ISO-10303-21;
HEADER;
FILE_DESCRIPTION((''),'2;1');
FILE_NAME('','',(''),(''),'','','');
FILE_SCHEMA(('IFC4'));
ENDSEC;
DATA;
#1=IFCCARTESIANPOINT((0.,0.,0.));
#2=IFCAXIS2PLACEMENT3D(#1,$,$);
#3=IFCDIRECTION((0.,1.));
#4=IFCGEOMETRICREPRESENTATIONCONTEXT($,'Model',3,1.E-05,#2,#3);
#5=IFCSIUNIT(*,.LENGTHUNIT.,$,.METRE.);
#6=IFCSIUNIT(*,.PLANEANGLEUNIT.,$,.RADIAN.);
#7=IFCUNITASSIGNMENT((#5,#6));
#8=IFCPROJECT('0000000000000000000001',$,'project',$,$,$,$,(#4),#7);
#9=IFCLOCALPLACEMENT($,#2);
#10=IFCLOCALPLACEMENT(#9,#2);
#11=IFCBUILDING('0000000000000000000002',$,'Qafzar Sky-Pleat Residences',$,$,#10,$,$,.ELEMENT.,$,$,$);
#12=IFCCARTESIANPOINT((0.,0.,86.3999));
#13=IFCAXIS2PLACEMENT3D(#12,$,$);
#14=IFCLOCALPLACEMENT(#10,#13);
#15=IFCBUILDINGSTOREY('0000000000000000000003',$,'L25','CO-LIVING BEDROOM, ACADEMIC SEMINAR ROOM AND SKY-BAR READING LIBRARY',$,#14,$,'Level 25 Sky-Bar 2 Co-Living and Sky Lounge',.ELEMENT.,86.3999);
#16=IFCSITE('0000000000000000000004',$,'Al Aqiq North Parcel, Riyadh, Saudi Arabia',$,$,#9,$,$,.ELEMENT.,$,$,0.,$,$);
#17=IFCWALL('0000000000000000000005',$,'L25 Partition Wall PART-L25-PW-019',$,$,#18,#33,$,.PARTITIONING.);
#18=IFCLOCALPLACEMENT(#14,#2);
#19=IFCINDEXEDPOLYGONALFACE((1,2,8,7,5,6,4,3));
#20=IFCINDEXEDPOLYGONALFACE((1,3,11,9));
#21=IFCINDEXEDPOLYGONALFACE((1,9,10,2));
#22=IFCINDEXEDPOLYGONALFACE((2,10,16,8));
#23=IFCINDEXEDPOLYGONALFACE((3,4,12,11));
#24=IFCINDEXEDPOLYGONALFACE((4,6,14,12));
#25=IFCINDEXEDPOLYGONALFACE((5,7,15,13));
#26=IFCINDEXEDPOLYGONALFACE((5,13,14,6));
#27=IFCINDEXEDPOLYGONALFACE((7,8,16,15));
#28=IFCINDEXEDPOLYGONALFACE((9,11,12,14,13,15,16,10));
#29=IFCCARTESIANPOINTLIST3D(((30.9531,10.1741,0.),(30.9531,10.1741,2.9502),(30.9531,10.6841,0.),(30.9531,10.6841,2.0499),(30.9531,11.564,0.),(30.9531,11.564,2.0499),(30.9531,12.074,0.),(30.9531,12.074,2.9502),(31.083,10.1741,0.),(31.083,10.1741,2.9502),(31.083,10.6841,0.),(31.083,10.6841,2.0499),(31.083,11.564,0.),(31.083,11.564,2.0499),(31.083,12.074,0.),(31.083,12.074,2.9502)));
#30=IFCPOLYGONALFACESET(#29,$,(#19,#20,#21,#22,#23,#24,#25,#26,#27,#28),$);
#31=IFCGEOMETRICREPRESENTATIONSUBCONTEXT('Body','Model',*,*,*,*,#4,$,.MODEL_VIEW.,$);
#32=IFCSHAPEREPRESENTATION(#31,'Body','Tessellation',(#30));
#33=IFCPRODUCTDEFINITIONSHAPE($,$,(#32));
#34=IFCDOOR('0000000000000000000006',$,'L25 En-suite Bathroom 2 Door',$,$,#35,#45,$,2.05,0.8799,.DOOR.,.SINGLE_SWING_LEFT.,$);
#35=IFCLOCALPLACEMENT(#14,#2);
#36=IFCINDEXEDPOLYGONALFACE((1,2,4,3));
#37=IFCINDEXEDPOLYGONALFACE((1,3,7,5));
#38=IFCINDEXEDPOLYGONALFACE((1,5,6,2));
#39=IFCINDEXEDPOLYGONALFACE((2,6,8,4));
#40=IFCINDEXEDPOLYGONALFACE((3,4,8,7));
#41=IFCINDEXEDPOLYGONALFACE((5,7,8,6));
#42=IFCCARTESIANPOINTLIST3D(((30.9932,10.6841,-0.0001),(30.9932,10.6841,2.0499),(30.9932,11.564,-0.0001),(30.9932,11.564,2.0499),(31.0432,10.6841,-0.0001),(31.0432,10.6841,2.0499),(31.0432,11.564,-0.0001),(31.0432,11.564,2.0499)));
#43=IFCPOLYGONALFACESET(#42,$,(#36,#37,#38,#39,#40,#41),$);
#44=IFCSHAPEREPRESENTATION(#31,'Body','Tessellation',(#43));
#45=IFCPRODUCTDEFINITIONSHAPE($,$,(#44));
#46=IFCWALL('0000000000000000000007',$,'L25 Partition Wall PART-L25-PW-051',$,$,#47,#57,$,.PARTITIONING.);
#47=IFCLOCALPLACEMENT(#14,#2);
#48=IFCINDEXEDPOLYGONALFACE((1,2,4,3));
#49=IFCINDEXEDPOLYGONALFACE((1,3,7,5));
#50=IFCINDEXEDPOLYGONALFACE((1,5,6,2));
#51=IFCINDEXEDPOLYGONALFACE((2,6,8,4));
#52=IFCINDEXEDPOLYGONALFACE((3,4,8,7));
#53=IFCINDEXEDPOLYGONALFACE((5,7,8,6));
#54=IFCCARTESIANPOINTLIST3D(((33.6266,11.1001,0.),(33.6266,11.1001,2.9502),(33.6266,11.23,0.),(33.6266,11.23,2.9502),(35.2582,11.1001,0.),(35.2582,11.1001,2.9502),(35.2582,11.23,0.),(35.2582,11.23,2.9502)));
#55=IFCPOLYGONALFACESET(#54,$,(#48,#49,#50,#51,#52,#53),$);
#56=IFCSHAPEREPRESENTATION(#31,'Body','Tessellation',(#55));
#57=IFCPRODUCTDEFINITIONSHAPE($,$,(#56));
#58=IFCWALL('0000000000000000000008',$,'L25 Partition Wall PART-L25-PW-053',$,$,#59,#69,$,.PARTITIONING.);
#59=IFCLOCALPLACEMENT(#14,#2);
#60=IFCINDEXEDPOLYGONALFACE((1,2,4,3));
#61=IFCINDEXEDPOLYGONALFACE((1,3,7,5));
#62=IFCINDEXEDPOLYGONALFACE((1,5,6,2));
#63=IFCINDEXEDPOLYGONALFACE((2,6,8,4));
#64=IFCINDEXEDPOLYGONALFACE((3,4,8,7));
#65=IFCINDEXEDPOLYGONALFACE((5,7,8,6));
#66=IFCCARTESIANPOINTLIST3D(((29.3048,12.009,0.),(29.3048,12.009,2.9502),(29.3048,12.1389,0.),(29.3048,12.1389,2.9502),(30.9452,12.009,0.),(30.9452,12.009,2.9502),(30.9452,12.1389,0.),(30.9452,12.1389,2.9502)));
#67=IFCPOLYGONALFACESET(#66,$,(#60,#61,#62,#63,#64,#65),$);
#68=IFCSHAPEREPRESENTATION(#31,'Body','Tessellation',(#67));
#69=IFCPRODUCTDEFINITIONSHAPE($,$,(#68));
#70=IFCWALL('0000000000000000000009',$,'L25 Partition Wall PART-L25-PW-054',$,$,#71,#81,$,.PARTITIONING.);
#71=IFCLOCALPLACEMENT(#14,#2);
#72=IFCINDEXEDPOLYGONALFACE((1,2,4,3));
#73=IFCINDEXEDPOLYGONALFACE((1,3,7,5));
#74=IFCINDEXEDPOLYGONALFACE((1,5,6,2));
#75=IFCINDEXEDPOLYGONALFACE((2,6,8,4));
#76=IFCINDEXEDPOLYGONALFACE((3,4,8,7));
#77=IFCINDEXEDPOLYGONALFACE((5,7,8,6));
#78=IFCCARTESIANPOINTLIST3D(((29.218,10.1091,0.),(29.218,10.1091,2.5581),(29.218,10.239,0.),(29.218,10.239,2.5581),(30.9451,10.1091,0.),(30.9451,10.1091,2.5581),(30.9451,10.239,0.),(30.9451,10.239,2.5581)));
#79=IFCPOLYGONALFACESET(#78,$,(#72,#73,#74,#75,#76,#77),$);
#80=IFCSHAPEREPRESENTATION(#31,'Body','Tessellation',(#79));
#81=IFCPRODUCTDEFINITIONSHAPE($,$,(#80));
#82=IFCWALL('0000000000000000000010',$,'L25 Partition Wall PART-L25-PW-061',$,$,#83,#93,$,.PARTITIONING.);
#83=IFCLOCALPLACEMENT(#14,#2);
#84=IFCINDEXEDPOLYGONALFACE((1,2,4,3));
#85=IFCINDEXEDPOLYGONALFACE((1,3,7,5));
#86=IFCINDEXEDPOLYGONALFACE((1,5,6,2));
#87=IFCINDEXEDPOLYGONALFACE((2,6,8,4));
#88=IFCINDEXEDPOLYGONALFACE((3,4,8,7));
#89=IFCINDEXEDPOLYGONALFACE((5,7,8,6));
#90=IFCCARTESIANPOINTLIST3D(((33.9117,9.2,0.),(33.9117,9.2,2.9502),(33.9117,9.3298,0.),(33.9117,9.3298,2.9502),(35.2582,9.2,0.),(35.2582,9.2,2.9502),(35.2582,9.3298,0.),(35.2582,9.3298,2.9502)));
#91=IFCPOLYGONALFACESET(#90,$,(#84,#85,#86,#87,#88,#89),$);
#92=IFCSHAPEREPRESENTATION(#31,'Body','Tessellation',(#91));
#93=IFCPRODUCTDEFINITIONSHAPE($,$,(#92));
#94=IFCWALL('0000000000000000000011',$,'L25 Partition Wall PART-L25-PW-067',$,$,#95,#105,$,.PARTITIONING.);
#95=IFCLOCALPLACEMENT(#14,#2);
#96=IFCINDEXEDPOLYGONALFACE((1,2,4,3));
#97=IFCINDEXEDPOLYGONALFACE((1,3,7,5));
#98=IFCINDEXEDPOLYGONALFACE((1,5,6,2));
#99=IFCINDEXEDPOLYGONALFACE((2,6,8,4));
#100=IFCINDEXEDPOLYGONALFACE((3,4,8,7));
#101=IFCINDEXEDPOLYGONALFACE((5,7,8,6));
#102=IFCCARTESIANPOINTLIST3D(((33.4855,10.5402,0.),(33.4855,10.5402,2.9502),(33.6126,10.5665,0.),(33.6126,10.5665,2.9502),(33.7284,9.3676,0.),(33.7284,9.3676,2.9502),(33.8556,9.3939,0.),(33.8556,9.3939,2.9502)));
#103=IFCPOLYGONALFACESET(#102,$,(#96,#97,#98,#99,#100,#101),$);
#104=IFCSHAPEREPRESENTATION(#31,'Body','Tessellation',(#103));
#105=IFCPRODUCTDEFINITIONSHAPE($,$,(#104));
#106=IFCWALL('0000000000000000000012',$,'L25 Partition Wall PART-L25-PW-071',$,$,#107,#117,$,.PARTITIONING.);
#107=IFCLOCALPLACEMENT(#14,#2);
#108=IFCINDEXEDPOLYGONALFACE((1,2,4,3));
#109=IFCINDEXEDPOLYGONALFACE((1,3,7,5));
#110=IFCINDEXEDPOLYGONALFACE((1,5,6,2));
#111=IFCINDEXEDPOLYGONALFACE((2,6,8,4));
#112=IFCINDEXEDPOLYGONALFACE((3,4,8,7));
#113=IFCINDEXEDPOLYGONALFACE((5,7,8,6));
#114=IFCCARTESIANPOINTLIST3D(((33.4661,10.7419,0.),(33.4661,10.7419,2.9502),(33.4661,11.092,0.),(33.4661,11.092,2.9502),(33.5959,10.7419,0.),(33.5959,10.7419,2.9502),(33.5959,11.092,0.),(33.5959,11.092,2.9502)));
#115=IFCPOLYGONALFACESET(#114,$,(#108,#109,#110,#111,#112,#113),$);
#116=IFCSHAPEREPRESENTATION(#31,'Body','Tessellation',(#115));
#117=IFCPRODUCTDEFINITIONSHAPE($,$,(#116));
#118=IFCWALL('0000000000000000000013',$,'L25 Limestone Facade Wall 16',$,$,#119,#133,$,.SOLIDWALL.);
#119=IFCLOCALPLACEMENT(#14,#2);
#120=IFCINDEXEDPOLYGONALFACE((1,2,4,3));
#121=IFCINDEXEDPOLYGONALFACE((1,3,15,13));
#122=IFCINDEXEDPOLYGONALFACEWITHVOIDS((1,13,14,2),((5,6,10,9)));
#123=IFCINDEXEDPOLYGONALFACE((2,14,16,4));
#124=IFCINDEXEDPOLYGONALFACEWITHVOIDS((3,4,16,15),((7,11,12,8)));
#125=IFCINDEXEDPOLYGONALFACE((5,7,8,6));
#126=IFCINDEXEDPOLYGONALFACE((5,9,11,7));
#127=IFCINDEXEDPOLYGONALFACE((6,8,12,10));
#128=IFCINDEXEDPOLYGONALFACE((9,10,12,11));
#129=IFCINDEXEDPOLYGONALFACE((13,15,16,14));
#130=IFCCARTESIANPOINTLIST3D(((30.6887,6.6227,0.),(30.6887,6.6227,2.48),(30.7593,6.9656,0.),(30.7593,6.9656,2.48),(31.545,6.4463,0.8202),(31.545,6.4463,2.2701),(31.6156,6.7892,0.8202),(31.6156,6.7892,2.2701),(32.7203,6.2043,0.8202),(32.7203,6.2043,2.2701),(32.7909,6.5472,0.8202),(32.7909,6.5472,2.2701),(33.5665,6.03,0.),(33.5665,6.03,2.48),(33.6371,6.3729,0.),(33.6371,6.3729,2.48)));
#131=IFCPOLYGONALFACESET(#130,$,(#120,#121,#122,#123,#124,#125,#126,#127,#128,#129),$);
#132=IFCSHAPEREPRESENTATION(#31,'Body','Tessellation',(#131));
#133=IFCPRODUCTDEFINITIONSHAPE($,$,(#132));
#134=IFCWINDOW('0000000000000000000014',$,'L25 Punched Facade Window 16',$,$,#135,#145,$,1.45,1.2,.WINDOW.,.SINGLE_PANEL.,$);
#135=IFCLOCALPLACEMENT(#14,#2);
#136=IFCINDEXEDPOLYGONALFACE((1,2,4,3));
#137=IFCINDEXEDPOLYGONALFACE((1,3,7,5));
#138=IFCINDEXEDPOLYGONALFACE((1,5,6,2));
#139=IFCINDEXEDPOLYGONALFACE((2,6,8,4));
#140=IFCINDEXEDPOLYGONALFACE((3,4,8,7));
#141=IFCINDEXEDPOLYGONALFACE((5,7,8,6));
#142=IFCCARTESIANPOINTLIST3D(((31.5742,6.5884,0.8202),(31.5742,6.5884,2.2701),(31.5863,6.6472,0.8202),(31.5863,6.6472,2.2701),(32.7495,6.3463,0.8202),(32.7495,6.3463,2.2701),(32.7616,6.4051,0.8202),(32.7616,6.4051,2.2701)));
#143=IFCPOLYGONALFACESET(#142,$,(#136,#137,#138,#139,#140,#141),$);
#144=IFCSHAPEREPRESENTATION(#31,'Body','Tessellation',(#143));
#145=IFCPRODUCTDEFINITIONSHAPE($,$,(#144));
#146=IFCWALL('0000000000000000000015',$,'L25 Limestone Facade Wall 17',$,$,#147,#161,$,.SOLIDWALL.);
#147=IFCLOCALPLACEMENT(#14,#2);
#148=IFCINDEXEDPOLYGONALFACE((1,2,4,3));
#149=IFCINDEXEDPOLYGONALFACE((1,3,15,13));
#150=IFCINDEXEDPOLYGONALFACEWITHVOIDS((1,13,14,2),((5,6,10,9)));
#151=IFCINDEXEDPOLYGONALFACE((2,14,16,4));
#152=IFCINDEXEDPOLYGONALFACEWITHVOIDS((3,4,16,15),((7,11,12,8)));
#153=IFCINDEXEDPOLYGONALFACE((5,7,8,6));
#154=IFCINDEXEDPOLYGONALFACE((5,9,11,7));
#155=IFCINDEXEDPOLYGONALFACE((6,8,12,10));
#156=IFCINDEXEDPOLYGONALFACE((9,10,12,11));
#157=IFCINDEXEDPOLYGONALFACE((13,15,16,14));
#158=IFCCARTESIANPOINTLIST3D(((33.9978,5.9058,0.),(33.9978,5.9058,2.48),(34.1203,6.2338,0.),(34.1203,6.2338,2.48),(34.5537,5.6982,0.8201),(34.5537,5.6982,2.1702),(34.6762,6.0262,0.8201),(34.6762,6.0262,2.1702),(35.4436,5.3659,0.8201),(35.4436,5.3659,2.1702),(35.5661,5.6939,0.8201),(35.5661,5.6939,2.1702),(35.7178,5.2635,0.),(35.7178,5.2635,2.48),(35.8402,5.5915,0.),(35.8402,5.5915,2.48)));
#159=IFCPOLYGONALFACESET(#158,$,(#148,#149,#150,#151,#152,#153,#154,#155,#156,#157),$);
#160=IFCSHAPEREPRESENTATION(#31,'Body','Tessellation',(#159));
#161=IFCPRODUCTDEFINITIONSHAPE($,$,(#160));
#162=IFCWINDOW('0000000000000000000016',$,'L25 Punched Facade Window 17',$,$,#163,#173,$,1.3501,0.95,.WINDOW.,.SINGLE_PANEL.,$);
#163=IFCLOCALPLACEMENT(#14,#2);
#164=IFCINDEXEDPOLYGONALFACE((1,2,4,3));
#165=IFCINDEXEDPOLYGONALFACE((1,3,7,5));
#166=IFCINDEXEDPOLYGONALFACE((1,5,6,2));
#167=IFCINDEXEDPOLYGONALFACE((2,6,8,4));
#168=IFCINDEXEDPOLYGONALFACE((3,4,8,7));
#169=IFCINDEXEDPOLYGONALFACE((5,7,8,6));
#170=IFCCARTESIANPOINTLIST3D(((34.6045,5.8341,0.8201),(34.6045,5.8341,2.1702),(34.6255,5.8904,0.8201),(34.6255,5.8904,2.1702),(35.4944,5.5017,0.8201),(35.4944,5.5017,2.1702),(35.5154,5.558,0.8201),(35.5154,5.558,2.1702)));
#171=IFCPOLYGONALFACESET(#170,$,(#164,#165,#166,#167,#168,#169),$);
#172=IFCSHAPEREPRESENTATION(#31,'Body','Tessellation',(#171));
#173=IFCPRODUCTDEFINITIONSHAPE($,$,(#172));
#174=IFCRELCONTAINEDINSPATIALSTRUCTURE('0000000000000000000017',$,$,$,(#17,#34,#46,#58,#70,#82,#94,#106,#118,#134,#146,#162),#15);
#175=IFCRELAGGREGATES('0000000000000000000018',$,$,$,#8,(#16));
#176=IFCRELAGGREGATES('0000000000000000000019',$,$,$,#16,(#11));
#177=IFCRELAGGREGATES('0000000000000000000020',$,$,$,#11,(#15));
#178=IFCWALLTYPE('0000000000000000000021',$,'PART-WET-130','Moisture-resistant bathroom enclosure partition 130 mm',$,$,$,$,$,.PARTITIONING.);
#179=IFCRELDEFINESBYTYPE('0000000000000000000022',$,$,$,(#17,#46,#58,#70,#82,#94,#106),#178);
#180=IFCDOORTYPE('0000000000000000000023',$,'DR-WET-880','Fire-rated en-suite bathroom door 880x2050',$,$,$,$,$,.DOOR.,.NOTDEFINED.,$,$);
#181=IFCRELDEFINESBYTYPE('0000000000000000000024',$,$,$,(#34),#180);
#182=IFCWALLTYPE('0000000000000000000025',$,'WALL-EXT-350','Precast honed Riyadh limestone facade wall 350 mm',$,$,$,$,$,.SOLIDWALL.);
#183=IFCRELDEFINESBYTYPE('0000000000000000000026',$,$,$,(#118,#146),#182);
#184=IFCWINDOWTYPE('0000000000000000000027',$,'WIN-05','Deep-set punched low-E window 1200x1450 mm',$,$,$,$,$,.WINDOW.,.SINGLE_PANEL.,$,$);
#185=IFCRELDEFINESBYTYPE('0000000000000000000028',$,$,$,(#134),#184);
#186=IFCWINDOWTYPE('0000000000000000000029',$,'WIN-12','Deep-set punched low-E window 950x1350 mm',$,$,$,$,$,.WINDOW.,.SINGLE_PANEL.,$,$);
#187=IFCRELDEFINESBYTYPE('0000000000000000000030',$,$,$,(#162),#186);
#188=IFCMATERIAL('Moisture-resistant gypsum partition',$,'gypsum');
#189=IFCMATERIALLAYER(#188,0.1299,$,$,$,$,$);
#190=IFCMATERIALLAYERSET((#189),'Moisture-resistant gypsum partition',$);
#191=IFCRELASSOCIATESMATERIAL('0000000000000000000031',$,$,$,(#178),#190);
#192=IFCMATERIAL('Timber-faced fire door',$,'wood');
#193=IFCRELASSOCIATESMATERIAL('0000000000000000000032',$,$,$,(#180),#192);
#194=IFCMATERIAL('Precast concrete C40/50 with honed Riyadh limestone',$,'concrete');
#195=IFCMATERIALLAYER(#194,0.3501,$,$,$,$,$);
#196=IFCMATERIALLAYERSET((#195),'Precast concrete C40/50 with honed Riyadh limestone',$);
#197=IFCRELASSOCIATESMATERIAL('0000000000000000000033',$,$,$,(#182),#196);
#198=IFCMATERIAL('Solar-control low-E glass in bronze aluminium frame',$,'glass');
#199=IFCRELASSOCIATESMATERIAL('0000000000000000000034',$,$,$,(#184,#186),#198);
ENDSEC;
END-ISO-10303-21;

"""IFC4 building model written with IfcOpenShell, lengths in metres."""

from ifc_helpers import new_model, si_unit, direction, frame, frame_2d, origin, place, context, subcontext, project, spatial, rectangle, extrude, source, transform, mapped, material, layer, layer_set, type_object, element, fill, save


model = new_model("IFC4")

# Units and contexts
model_context = context("Model", 3, precision=1e-05, world=origin(), true_north=direction((0.0, 1.0)))
body_context = subcontext(model_context, "Body", "Model", "MODEL_VIEW")
ifc_project = project(units=[si_unit("LENGTHUNIT", "METRE"), si_unit("PLANEANGLEUNIT", "RADIAN")], contexts=[model_context])

# Site, building, storey
site_placement = place(None, origin())
site = spatial("IfcSite", under=ifc_project, at=site_placement, Name="Al Aqiq North Parcel, Riyadh, Saudi Arabia", CompositionType="ELEMENT", RefElevation=0.0)
building_placement = place(site_placement, origin())
building = spatial("IfcBuilding", under=site, at=building_placement, Name="Qafzar Sky-Pleat Residences", CompositionType="ELEMENT")
storey_placement = place(building_placement, frame((0.0, 0.0, 86.3999)))
storey = spatial("IfcBuildingStorey", under=building, at=storey_placement, Name="L25", Description="CO-LIVING BEDROOM, ACADEMIC SEMINAR ROOM AND SKY-BAR READING LIBRARY", LongName="Level 25 Sky-Bar 2 Co-Living and Sky Lounge", CompositionType="ELEMENT", Elevation=86.3999)

# Wall, opening, door
ifc_material_1 = material(Name="Moisture-resistant gypsum partition", Category="gypsum")
ifc_layer_1 = layer(ifc_material_1, 0.1299)
ifc_layer_set_1 = layer_set([ifc_layer_1], Name="Moisture-resistant gypsum partition")
wall_type_1 = type_object("IfcWallType", Name="PART-WET-130", Description="Moisture-resistant bathroom enclosure partition 130 mm", PredefinedType="PARTITIONING", material=ifc_layer_set_1)
wall_1_placement = place(storey_placement, frame((31.0181, 10.1741, 0.0), z_axis=(0.0, 0.0, 1.0), x_axis=(0.0, 1.0, 0.0)))
wall_1 = element("IfcWall", 1, at=wall_1_placement, inside=storey, type_object=wall_type_1, Name="L25 Partition Wall PART-L25-PW-019", PredefinedType="PARTITIONING", context=body_context, shape_type="SweptSolid", body=[
    extrude(rectangle(XDim=1.8999, YDim=0.1299, at=frame_2d((0.95, 0.0))), origin(), (0.0, 0.0, 1.0), 2.9502),
])
opening_1_placement = place(wall_1_placement, frame((0.51, 0.0, 0.0)))
opening_1 = element("IfcOpeningElement", 2, at=opening_1_placement, cuts=wall_1, PredefinedType="OPENING", context=body_context, shape_type="SweptSolid", body=[
    extrude(rectangle(XDim=0.8799, YDim=2.05, at=frame_2d((0.4399, 1.0249))), frame((0.0, 0.075, 0.0), z_axis=(0.0, -1.0, 0.0), x_axis=(1.0, 0.0, 0.0)), (0.0, 0.0, 1.0), 0.1499),
])
ifc_material_2 = material(Name="Timber-faced fire door", Category="wood")
door_type = type_object("IfcDoorType", Name="DR-WET-880", Description="Fire-rated en-suite bathroom door 880x2050", OperationType="NOTDEFINED", PredefinedType="DOOR", material=ifc_material_2)
shared_shape_1 = source(origin(), body_context, "Body", "SweptSolid", [
    extrude(rectangle(XDim=0.8799, YDim=2.05, at=frame_2d((0.4399, 1.0249))), frame((0.0, 0.0249, 0.0), z_axis=(0.0, -1.0, 0.0), x_axis=(1.0, 0.0, 0.0)), (0.0, 0.0, 1.0), 0.05),
])
door_placement = place(opening_1_placement, origin())
door = element("IfcDoor", 3, at=door_placement, inside=storey, type_object=door_type, Name="L25 En-suite Bathroom 2 Door", OperationType="SINGLE_SWING_LEFT", OverallHeight=2.05, OverallWidth=0.8799, PredefinedType="DOOR", context=body_context, shape_type="MappedRepresentation", body=[
    mapped(shared_shape_1, transform((0.0, 0.0, 0.0), x_axis=(1.0, 0.0, 0.0), y_axis=(0.0, 1.0, 0.0), z_axis=(0.0, 0.0, 1.0), scale=1.0)),
])
fill(opening_1, door)

# Walls
wall_2_placement = place(storey_placement, frame((33.6265, 11.165, 0.0), z_axis=(0.0, 0.0, 1.0), x_axis=(1.0, 0.0, 0.0)))
element("IfcWall", 4, at=wall_2_placement, inside=storey, type_object=wall_type_1, Name="L25 Partition Wall PART-L25-PW-051", PredefinedType="PARTITIONING", context=body_context, shape_type="SweptSolid", body=[
    extrude(rectangle(XDim=1.6316, YDim=0.1299, at=frame_2d((0.8159, 0.0))), origin(), (0.0, 0.0, 1.0), 2.9502),
])
wall_3_placement = place(storey_placement, frame((29.3047, 12.074, 0.0), z_axis=(0.0, 0.0, 1.0), x_axis=(1.0, 0.0, 0.0)))
element("IfcWall", 5, at=wall_3_placement, inside=storey, type_object=wall_type_1, Name="L25 Partition Wall PART-L25-PW-053", PredefinedType="PARTITIONING", context=body_context, shape_type="SweptSolid", body=[
    extrude(rectangle(XDim=1.6404, YDim=0.1299, at=frame_2d((0.8203, 0.0))), origin(), (0.0, 0.0, 1.0), 2.9502),
])
wall_4_placement = place(storey_placement, frame((29.218, 10.1741, 0.0), z_axis=(0.0, 0.0, 1.0), x_axis=(1.0, 0.0, 0.0)))
element("IfcWall", 6, at=wall_4_placement, inside=storey, type_object=wall_type_1, Name="L25 Partition Wall PART-L25-PW-054", PredefinedType="PARTITIONING", context=body_context, shape_type="SweptSolid", body=[
    extrude(rectangle(XDim=1.7271, YDim=0.1299, at=frame_2d((0.8635, 0.0))), origin(), (0.0, 0.0, 1.0), 2.5581),
])
wall_5_placement = place(storey_placement, frame((33.9116, 9.2649, 0.0), z_axis=(0.0, 0.0, 1.0), x_axis=(1.0, 0.0, 0.0)))
element("IfcWall", 7, at=wall_5_placement, inside=storey, type_object=wall_type_1, Name="L25 Partition Wall PART-L25-PW-061", PredefinedType="PARTITIONING", context=body_context, shape_type="SweptSolid", body=[
    extrude(rectangle(XDim=1.3464, YDim=0.1299, at=frame_2d((0.6733, 0.0))), origin(), (0.0, 0.0, 1.0), 2.9502),
])
wall_6_placement = place(storey_placement, frame((33.5491, 10.5532, 0.0), z_axis=(0.0, 0.0, 1.0), x_axis=(0.202855, -0.979209, 0.0)))
element("IfcWall", 8, at=wall_6_placement, inside=storey, type_object=wall_type_1, Name="L25 Partition Wall PART-L25-PW-067", PredefinedType="PARTITIONING", context=body_context, shape_type="SweptSolid", body=[
    extrude(rectangle(XDim=1.1975, YDim=0.1299, at=frame_2d((0.5986, 0.0))), origin(), (0.0, 0.0, 1.0), 2.9502),
])
wall_7_placement = place(storey_placement, frame((33.531, 10.7419, 0.0), z_axis=(0.0, 0.0, 1.0), x_axis=(0.0, 1.0, 0.0)))
element("IfcWall", 9, at=wall_7_placement, inside=storey, type_object=wall_type_1, Name="L25 Partition Wall PART-L25-PW-071", PredefinedType="PARTITIONING", context=body_context, shape_type="SweptSolid", body=[
    extrude(rectangle(XDim=0.3501, YDim=0.1299, at=frame_2d((0.175, 0.0))), origin(), (0.0, 0.0, 1.0), 2.9502),
])

# Walls, openings, windows
ifc_material_3 = material(Name="Precast concrete C40/50 with honed Riyadh limestone", Category="concrete")
ifc_layer_2 = layer(ifc_material_3, 0.3501)
ifc_layer_set_2 = layer_set([ifc_layer_2], Name="Precast concrete C40/50 with honed Riyadh limestone")
wall_type_2 = type_object("IfcWallType", Name="WALL-EXT-350", Description="Precast honed Riyadh limestone facade wall 350 mm", PredefinedType="SOLIDWALL", material=ifc_layer_set_2)
wall_8_placement = place(storey_placement, frame((30.7239, 6.7942, 0.0), z_axis=(0.0, 0.0, 1.0), x_axis=(0.97944, -0.201737, 0.0)))
wall_8 = element("IfcWall", 10, at=wall_8_placement, inside=storey, type_object=wall_type_2, Name="L25 Limestone Facade Wall 16", PredefinedType="SOLIDWALL", context=body_context, shape_type="SweptSolid", body=[
    extrude(rectangle(XDim=2.9382, YDim=0.3501, at=frame_2d((1.4692, 0.0))), origin(), (0.0, 0.0, 1.0), 2.48),
])
opening_2_placement = place(wall_8_placement, frame((0.8743, 0.0, 0.8201)))
opening_2 = element("IfcOpeningElement", 11, at=opening_2_placement, cuts=wall_8, PredefinedType="OPENING", context=body_context, shape_type="SweptSolid", body=[
    extrude(rectangle(XDim=1.2, YDim=1.45, at=frame_2d((0.6001, 0.7251))), frame((0.0, 0.1851, 0.0), z_axis=(0.0, -1.0, 0.0), x_axis=(1.0, 0.0, 0.0)), (0.0, 0.0, 1.0), 0.3701),
])
ifc_material_4 = material(Name="Solar-control low-E glass in bronze aluminium frame", Category="glass")
window_type_1 = type_object("IfcWindowType", Name="WIN-05", Description="Deep-set punched low-E window 1200x1450 mm", PartitioningType="SINGLE_PANEL", PredefinedType="WINDOW", material=ifc_material_4)
shared_shape_2 = source(origin(), body_context, "Body", "SweptSolid", [
    extrude(rectangle(XDim=1.2, YDim=1.45, at=frame_2d((0.6001, 0.7251))), frame((0.0, 0.03, 0.0), z_axis=(0.0, -1.0, 0.0), x_axis=(1.0, 0.0, 0.0)), (0.0, 0.0, 1.0), 0.0601),
])
window_1_placement = place(opening_2_placement, origin())
window_1 = element("IfcWindow", 12, at=window_1_placement, inside=storey, type_object=window_type_1, Name="L25 Punched Facade Window 16", OverallHeight=1.45, OverallWidth=1.2, PartitioningType="SINGLE_PANEL", PredefinedType="WINDOW", context=body_context, shape_type="MappedRepresentation", body=[
    mapped(shared_shape_2, transform((0.0, 0.0, 0.0), x_axis=(1.0, 0.0, 0.0), y_axis=(0.0, 1.0, 0.0), z_axis=(0.0, 0.0, 1.0), scale=1.0)),
])
fill(opening_2, window_1)
wall_9_placement = place(storey_placement, frame((34.0591, 6.0698, 0.0), z_axis=(0.0, 0.0, 1.0), x_axis=(0.936804, -0.349855, 0.0)))
wall_9 = element("IfcWall", 13, at=wall_9_placement, inside=storey, type_object=wall_type_2, Name="L25 Limestone Facade Wall 17", PredefinedType="SOLIDWALL", context=body_context, shape_type="SweptSolid", body=[
    extrude(rectangle(XDim=1.8359, YDim=0.3501, at=frame_2d((0.918, 0.0))), origin(), (0.0, 0.0, 1.0), 2.48),
])
opening_3_placement = place(wall_9_placement, frame((0.5933, 0.0, 0.8201)))
opening_3 = element("IfcOpeningElement", 14, at=opening_3_placement, cuts=wall_9, PredefinedType="OPENING", context=body_context, shape_type="SweptSolid", body=[
    extrude(rectangle(XDim=0.95, YDim=1.3501, at=frame_2d((0.4751, 0.675))), frame((0.0, 0.1851, 0.0), z_axis=(0.0, -1.0, 0.0), x_axis=(1.0, 0.0, 0.0)), (0.0, 0.0, 1.0), 0.3701),
])
window_type_2 = type_object("IfcWindowType", Name="WIN-12", Description="Deep-set punched low-E window 950x1350 mm", PartitioningType="SINGLE_PANEL", PredefinedType="WINDOW", material=ifc_material_4)
shared_shape_3 = source(origin(), body_context, "Body", "SweptSolid", [
    extrude(rectangle(XDim=0.95, YDim=1.3501, at=frame_2d((0.4751, 0.675))), frame((0.0, 0.03, 0.0), z_axis=(0.0, -1.0, 0.0), x_axis=(1.0, 0.0, 0.0)), (0.0, 0.0, 1.0), 0.0601),
])
window_2_placement = place(opening_3_placement, origin())
window_2 = element("IfcWindow", 15, at=window_2_placement, inside=storey, type_object=window_type_2, Name="L25 Punched Facade Window 17", OverallHeight=1.3501, OverallWidth=0.95, PartitioningType="SINGLE_PANEL", PredefinedType="WINDOW", context=body_context, shape_type="MappedRepresentation", body=[
    mapped(shared_shape_3, transform((0.0, 0.0, 0.0), x_axis=(1.0, 0.0, 0.0), y_axis=(0.0, 1.0, 0.0), z_axis=(0.0, 0.0, 1.0), scale=1.0)),
])
fill(opening_3, window_2)

save(model, "model.ifc")
